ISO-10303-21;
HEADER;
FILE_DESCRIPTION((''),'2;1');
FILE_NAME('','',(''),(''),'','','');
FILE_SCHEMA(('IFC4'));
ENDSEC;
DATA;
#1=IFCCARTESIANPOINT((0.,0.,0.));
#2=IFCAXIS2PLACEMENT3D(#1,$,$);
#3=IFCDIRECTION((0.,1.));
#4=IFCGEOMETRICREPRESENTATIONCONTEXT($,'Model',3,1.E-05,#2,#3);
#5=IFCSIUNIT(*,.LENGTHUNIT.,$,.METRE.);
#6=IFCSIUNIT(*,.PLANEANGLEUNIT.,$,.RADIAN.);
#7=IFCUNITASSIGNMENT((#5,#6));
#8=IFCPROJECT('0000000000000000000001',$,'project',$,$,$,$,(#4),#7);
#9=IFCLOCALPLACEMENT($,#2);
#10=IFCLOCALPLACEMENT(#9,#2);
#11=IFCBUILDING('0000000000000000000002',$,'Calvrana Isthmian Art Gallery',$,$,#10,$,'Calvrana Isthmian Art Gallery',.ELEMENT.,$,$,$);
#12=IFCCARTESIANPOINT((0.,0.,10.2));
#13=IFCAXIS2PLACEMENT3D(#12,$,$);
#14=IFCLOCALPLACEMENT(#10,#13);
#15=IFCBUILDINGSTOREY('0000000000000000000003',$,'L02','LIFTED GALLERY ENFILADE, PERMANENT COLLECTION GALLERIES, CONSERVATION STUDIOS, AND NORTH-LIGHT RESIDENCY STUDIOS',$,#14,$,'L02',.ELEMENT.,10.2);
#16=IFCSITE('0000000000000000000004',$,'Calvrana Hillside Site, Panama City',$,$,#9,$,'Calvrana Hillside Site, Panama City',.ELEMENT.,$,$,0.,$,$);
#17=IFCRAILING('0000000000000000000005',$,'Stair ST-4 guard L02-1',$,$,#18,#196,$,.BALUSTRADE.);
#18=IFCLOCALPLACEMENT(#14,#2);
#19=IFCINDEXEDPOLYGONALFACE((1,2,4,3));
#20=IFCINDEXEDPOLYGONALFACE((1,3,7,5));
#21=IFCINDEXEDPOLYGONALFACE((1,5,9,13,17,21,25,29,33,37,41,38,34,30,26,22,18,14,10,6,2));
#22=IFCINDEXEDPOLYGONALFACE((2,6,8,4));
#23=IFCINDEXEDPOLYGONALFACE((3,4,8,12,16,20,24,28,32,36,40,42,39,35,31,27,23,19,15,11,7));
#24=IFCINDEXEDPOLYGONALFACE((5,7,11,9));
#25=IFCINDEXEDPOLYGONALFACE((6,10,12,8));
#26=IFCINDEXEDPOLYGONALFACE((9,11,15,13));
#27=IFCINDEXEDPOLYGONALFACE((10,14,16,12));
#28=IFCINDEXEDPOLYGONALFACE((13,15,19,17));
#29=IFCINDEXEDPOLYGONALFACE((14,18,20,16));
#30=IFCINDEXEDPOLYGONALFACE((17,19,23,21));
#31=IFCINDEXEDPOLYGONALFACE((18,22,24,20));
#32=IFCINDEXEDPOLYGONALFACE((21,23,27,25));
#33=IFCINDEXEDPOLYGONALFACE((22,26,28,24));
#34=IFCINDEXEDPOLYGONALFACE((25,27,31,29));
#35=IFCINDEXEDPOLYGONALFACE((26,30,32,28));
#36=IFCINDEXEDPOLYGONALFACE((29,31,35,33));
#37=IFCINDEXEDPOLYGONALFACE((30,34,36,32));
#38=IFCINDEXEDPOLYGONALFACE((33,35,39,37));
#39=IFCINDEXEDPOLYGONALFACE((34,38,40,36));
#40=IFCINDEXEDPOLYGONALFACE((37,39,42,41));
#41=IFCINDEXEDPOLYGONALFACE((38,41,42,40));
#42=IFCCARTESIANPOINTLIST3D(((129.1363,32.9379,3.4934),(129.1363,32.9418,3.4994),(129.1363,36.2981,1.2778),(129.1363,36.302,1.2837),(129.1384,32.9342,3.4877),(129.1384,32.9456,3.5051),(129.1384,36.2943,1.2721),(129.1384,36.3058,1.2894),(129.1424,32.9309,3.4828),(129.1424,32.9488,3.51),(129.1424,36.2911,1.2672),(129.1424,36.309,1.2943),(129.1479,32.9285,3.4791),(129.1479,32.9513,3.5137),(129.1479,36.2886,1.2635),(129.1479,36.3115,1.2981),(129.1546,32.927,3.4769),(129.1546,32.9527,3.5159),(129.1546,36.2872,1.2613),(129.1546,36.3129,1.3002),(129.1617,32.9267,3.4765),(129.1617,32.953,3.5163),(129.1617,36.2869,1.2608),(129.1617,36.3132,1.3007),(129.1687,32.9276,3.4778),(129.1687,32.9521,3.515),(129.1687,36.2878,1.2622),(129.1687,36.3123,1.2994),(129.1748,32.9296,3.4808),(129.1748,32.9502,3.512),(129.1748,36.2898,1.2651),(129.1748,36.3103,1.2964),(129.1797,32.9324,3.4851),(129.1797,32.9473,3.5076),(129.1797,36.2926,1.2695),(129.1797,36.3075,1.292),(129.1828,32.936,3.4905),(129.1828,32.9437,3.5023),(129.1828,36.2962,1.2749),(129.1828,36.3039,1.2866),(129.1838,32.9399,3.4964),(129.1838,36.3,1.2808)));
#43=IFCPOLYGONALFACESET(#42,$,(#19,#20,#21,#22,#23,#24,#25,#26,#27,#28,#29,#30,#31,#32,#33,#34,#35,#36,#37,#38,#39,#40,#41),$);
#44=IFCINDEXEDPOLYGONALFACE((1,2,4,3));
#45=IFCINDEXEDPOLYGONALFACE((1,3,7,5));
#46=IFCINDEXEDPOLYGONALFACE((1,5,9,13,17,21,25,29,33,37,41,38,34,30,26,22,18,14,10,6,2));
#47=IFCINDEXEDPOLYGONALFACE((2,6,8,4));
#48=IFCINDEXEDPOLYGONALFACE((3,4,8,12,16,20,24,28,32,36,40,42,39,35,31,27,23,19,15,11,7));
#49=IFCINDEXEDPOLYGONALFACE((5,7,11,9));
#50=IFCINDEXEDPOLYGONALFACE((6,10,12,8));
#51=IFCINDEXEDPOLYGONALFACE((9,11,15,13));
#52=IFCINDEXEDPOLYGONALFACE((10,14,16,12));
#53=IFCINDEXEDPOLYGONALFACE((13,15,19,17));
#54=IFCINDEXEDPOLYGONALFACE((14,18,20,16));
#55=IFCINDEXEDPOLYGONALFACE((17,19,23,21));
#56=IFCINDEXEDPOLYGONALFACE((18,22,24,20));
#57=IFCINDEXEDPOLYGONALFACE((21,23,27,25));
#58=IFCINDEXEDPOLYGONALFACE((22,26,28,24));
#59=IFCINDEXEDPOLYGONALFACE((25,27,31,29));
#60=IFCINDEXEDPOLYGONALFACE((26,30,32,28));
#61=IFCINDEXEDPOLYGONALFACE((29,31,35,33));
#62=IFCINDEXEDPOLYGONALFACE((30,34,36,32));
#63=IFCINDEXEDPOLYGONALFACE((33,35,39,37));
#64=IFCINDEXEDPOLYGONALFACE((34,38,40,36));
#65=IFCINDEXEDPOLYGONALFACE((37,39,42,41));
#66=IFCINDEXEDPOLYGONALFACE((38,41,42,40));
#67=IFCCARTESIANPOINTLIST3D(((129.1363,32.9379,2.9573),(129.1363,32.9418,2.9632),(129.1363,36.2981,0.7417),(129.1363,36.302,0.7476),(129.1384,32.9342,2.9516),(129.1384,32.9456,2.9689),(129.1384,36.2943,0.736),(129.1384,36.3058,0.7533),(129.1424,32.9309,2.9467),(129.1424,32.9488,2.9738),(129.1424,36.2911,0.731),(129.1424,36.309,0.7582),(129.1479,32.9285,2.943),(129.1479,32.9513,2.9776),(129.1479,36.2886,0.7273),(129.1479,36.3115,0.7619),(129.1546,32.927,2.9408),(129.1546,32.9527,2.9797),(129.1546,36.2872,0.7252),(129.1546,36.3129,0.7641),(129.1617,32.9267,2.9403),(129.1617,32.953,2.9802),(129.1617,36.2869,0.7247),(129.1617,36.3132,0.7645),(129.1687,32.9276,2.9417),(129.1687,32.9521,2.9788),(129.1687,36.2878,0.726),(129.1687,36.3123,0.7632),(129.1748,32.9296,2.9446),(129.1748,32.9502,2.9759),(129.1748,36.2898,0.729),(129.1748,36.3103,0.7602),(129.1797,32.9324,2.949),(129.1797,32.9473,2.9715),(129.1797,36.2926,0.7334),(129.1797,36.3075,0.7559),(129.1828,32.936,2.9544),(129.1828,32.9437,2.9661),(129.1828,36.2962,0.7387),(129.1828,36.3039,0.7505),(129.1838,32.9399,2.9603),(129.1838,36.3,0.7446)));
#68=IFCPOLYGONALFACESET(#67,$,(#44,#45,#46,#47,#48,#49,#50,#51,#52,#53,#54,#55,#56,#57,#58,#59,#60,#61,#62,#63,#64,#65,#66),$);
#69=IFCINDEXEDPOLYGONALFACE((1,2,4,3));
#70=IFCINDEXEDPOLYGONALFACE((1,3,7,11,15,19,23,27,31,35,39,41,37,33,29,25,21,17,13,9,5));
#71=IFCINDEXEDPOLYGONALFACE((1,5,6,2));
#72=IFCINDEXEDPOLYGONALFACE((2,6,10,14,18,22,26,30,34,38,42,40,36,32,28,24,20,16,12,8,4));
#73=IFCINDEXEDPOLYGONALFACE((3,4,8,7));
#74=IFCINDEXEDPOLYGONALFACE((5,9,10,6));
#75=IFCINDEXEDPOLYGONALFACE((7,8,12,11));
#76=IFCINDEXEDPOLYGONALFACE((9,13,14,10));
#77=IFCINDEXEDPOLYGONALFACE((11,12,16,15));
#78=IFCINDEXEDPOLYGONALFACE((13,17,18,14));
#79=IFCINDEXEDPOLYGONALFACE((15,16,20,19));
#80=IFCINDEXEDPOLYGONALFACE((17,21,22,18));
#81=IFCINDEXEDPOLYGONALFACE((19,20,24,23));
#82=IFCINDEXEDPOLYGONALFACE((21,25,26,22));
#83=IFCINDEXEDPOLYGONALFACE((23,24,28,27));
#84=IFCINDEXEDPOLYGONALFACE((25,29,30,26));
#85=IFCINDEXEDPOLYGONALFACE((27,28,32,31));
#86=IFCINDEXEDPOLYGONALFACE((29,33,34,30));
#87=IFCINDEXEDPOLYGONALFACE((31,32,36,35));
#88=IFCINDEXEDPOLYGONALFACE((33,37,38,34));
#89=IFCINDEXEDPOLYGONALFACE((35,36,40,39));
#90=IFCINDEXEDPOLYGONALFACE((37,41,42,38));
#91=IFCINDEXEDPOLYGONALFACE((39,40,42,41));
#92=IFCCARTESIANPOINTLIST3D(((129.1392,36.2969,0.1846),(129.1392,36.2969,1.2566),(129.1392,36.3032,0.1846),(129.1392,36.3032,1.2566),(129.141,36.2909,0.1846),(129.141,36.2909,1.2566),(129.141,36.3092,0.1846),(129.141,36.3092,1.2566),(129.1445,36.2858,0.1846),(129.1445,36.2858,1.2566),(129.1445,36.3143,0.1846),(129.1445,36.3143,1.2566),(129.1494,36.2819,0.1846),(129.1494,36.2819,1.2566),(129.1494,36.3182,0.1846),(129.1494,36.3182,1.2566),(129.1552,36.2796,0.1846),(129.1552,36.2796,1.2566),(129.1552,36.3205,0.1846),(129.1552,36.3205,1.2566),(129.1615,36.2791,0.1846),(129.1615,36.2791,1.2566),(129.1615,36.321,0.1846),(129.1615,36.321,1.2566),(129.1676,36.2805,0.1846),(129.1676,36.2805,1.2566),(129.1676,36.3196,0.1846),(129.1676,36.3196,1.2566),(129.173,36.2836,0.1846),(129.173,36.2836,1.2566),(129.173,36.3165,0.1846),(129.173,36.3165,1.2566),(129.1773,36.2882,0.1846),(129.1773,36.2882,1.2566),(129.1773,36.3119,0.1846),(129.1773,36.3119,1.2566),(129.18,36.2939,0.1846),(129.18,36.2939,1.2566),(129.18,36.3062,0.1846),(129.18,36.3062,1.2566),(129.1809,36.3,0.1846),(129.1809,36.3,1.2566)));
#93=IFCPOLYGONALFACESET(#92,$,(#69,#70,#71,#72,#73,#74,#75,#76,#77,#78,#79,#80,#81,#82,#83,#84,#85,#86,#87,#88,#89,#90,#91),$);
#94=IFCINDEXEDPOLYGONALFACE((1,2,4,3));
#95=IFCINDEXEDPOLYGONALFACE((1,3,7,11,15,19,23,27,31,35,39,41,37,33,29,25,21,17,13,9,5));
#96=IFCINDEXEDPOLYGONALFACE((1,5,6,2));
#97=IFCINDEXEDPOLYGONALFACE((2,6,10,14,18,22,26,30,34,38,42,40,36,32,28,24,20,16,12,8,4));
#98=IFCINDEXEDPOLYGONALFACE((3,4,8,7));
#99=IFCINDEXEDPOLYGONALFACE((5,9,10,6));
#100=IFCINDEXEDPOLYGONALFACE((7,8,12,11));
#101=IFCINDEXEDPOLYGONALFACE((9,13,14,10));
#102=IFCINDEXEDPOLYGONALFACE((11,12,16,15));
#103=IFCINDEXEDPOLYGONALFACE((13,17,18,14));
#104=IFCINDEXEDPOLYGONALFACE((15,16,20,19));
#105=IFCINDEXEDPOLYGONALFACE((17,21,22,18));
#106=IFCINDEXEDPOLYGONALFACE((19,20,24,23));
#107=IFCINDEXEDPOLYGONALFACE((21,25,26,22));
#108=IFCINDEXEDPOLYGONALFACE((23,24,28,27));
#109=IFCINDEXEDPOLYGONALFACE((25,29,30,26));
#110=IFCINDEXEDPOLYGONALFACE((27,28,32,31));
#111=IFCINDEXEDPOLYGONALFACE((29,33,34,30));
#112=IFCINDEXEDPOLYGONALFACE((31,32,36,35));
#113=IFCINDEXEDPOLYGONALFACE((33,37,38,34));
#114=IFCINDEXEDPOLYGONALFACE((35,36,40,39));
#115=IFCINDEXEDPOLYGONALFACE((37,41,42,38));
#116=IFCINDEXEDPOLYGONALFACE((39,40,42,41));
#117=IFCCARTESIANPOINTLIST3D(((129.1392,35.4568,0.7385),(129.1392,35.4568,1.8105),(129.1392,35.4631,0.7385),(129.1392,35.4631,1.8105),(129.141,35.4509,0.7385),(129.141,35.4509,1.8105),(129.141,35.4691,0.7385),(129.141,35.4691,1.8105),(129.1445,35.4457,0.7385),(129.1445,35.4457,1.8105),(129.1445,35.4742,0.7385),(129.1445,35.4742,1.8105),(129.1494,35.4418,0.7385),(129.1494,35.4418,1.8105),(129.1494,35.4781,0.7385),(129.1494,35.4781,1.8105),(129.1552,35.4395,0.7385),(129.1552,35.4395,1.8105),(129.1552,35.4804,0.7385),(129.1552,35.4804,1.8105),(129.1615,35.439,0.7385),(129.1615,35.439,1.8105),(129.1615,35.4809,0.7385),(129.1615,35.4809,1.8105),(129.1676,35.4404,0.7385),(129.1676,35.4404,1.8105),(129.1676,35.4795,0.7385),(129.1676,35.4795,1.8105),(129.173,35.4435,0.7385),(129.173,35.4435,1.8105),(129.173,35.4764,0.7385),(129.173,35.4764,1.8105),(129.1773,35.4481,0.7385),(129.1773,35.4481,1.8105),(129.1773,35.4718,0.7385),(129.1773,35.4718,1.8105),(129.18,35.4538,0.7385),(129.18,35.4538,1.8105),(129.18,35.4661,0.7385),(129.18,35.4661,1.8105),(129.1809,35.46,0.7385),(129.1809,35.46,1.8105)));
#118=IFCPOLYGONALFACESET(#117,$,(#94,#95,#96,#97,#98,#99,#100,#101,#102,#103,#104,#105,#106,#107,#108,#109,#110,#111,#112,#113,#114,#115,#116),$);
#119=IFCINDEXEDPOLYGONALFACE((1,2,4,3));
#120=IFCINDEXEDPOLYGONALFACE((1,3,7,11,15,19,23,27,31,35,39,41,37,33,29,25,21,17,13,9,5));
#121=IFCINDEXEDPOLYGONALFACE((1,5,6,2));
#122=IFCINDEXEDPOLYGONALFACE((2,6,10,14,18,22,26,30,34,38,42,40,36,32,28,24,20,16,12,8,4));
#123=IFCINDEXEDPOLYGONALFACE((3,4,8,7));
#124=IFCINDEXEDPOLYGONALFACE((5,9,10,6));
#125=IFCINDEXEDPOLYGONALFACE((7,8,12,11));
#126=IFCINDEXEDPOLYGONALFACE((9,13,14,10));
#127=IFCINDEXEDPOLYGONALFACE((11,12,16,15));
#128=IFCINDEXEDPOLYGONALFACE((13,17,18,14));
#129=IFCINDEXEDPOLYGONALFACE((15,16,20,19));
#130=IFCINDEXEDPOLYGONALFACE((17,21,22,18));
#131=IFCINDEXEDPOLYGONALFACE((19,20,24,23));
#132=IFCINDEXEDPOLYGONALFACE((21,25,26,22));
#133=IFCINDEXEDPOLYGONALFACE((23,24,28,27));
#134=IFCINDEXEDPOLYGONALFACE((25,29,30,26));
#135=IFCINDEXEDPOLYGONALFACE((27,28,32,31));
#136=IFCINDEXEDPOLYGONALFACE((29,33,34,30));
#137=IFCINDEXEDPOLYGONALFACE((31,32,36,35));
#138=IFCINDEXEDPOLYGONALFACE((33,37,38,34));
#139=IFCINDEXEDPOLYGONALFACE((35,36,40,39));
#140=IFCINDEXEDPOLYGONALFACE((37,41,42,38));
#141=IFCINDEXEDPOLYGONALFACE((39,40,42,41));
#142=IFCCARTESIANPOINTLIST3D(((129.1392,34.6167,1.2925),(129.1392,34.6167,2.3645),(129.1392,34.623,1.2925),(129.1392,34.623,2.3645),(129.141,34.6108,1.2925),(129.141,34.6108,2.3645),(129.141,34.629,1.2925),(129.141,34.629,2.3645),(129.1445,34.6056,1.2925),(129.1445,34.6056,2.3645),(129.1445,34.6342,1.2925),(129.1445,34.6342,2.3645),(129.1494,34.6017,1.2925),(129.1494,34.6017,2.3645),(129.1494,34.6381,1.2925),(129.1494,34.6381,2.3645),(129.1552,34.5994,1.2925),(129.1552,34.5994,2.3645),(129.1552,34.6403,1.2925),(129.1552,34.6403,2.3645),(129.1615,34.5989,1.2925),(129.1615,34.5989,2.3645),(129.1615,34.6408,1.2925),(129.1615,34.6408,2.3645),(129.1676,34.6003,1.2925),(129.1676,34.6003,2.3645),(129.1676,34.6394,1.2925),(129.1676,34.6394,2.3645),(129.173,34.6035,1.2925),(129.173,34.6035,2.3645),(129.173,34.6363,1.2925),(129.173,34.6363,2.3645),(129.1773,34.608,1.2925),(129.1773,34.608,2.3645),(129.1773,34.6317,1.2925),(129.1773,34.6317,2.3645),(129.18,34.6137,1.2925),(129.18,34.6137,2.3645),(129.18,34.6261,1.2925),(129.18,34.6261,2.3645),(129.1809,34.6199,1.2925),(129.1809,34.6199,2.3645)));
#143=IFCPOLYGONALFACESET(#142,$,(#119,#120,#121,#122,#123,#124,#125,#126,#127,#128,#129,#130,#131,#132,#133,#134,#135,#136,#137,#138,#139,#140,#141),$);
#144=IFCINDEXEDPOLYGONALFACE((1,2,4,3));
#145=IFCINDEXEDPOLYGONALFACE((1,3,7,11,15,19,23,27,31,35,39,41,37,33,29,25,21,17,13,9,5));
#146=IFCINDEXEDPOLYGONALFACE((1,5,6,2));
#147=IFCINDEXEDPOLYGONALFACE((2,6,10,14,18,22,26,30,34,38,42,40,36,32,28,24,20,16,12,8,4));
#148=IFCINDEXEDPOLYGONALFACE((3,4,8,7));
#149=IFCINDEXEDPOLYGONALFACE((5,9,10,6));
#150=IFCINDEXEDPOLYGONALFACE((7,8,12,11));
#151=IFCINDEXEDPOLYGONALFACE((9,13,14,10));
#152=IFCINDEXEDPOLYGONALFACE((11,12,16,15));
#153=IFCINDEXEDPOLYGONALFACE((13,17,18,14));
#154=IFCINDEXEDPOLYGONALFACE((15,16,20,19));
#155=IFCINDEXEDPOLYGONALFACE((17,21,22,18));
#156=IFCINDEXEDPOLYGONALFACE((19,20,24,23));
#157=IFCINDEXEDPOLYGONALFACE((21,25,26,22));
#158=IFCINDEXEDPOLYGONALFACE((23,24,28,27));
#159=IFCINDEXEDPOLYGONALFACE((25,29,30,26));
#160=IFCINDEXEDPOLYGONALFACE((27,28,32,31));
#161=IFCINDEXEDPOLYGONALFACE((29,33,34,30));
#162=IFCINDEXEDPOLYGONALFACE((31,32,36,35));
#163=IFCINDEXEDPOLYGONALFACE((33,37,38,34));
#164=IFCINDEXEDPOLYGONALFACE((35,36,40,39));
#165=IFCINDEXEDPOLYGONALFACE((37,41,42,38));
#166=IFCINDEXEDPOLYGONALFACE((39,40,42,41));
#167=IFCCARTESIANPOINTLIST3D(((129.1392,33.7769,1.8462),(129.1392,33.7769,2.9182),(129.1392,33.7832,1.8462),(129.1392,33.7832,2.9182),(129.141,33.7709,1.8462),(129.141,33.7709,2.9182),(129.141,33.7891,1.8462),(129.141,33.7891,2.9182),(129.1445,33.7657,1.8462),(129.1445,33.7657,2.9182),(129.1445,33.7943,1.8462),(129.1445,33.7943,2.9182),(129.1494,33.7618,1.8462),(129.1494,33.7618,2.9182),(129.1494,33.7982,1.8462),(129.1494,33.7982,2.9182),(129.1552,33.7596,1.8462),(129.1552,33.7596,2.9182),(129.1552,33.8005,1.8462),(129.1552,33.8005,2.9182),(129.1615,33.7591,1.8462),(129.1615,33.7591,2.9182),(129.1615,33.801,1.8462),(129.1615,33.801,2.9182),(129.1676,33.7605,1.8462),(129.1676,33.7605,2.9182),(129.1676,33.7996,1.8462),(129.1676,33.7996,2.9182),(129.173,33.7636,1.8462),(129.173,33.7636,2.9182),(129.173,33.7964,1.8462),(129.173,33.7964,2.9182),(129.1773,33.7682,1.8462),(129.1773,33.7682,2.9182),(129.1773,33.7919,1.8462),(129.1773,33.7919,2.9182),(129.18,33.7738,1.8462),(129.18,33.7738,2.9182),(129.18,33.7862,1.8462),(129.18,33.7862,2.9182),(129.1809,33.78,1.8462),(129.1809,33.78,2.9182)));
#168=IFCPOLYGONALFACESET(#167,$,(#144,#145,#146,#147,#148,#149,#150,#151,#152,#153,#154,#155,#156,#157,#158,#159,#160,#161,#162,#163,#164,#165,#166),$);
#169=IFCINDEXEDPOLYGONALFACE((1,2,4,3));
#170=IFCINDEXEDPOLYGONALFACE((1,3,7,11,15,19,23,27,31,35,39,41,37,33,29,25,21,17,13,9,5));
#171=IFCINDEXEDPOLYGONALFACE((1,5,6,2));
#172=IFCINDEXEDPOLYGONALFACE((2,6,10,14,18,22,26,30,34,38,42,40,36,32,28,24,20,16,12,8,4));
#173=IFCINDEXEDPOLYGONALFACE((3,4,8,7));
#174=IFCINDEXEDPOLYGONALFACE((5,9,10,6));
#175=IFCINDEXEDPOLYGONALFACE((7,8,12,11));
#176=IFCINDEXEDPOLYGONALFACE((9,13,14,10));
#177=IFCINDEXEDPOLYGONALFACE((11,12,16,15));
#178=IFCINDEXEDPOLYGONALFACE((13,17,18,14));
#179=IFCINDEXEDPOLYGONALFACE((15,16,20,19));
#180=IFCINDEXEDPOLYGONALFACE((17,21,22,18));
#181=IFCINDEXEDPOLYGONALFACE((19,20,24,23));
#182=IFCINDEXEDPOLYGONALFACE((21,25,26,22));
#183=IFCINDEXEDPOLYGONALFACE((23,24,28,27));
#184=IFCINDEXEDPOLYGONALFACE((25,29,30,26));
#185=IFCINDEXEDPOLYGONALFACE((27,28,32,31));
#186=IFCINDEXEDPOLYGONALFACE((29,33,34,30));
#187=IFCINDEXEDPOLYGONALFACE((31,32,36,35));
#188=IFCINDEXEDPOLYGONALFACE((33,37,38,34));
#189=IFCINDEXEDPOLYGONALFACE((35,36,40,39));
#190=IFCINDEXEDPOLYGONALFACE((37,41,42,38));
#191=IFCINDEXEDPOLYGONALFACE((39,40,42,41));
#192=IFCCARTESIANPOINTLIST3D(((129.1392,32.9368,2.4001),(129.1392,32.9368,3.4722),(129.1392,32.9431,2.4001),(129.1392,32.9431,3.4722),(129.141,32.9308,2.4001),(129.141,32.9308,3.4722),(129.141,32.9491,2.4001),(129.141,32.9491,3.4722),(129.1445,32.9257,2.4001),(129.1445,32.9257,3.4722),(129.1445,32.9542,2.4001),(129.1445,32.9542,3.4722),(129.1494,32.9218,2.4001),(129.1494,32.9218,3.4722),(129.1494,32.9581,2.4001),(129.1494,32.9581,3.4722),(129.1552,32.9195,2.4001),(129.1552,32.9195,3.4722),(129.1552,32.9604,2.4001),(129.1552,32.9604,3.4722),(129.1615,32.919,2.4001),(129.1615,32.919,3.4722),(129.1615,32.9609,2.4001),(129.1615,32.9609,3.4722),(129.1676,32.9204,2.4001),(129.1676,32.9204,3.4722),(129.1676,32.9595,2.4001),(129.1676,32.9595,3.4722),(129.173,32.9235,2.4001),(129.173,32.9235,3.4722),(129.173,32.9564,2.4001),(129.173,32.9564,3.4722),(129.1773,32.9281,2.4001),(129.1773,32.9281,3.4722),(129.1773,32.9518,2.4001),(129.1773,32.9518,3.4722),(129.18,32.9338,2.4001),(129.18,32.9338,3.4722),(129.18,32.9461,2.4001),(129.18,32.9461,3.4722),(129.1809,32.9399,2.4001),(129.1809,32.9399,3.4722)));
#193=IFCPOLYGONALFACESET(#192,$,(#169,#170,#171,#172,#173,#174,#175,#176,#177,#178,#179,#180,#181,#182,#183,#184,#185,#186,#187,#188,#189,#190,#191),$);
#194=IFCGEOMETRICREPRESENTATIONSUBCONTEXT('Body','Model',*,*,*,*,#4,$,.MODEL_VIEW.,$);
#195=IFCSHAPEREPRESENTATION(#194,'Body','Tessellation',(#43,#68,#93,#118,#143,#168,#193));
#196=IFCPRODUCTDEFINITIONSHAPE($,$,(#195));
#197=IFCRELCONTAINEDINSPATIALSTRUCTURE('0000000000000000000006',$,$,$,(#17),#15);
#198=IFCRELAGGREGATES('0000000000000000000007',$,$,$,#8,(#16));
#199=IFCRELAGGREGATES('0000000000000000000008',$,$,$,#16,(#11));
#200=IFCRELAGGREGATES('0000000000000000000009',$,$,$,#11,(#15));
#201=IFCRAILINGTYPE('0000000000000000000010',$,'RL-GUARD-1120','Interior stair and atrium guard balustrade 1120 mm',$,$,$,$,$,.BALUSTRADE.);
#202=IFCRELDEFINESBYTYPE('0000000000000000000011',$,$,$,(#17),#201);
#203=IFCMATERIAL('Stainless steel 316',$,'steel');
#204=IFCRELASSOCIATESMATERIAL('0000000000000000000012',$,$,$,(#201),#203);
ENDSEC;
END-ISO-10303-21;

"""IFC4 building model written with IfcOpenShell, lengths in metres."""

from ifc_helpers import new_model, si_unit, direction, frame, origin, origin_2d, place, context, subcontext, project, spatial, circle, extrude, material, type_object, element, save


model = new_model("IFC4")

# Units and contexts
model_context = context("Model", 3, precision=1e-05, world=origin(), true_north=direction((0.0, 1.0)))
body_context = subcontext(model_context, "Body", "Model", "MODEL_VIEW")
ifc_project = project(units=[si_unit("LENGTHUNIT", "METRE"), si_unit("PLANEANGLEUNIT", "RADIAN")], contexts=[model_context])

# Site, building, storey
site_placement = place(None, origin())
site = spatial("IfcSite", under=ifc_project, at=site_placement, Name="Calvrana Hillside Site, Panama City", LongName="Calvrana Hillside Site, Panama City", CompositionType="ELEMENT", RefElevation=0.0)
building_placement = place(site_placement, origin())
building = spatial("IfcBuilding", under=site, at=building_placement, Name="Calvrana Isthmian Art Gallery", LongName="Calvrana Isthmian Art Gallery", CompositionType="ELEMENT")
storey_placement = place(building_placement, frame((0.0, 0.0, 10.2)))
storey = spatial("IfcBuildingStorey", under=building, at=storey_placement, Name="L02", Description="LIFTED GALLERY ENFILADE, PERMANENT COLLECTION GALLERIES, CONSERVATION STUDIOS, AND NORTH-LIGHT RESIDENCY STUDIOS", LongName="L02", CompositionType="ELEMENT", Elevation=10.2)

# Railing
ifc_material_1 = material(Name="Stainless steel 316", Category="steel")
railing_type_1 = type_object("IfcRailingType", Name="RL-GUARD-1120", Description="Interior stair and atrium guard balustrade 1120 mm", PredefinedType="BALUSTRADE", material=ifc_material_1)
railing_1_placement = place(storey_placement, frame((129.1599, 36.3, 0.1846)))
element("IfcRailing", 1, at=railing_1_placement, inside=storey, type_object=railing_type_1, Name="Stair ST-4 guard L02-1", PredefinedType="BALUSTRADE", context=body_context, shape_type="SweptSolid", body=[
    extrude(circle(Radius=0.0239, at=origin_2d()), frame((0.0, 0.0, 1.0962), z_axis=(0.0, -0.834849, 0.55048), x_axis=(1.0, 0.0, 0.0)), (0.0, 0.0, 1.0), 4.0249),
    extrude(circle(Radius=0.0239, at=origin_2d()), frame((0.0, 0.0, 0.5601), z_axis=(0.0, -0.834849, 0.55048), x_axis=(1.0, 0.0, 0.0)), (0.0, 0.0, 1.0), 4.0249),
    extrude(circle(Radius=0.021, at=origin_2d()), origin(), (0.0, 0.0, 1.0), 1.072),
    extrude(circle(Radius=0.021, at=origin_2d()), frame((0.0, -0.8401, 0.554)), (0.0, 0.0, 1.0), 1.072),
    extrude(circle(Radius=0.021, at=origin_2d()), frame((0.0, -1.6802, 1.1079)), (0.0, 0.0, 1.0), 1.072),
    extrude(circle(Radius=0.021, at=origin_2d()), frame((0.0, -2.52, 1.6616)), (0.0, 0.0, 1.0), 1.072),
    extrude(circle(Radius=0.021, at=origin_2d()), frame((0.0, -3.3601, 2.2156)), (0.0, 0.0, 1.0), 1.072),
])

save(model, "model.ifc")
